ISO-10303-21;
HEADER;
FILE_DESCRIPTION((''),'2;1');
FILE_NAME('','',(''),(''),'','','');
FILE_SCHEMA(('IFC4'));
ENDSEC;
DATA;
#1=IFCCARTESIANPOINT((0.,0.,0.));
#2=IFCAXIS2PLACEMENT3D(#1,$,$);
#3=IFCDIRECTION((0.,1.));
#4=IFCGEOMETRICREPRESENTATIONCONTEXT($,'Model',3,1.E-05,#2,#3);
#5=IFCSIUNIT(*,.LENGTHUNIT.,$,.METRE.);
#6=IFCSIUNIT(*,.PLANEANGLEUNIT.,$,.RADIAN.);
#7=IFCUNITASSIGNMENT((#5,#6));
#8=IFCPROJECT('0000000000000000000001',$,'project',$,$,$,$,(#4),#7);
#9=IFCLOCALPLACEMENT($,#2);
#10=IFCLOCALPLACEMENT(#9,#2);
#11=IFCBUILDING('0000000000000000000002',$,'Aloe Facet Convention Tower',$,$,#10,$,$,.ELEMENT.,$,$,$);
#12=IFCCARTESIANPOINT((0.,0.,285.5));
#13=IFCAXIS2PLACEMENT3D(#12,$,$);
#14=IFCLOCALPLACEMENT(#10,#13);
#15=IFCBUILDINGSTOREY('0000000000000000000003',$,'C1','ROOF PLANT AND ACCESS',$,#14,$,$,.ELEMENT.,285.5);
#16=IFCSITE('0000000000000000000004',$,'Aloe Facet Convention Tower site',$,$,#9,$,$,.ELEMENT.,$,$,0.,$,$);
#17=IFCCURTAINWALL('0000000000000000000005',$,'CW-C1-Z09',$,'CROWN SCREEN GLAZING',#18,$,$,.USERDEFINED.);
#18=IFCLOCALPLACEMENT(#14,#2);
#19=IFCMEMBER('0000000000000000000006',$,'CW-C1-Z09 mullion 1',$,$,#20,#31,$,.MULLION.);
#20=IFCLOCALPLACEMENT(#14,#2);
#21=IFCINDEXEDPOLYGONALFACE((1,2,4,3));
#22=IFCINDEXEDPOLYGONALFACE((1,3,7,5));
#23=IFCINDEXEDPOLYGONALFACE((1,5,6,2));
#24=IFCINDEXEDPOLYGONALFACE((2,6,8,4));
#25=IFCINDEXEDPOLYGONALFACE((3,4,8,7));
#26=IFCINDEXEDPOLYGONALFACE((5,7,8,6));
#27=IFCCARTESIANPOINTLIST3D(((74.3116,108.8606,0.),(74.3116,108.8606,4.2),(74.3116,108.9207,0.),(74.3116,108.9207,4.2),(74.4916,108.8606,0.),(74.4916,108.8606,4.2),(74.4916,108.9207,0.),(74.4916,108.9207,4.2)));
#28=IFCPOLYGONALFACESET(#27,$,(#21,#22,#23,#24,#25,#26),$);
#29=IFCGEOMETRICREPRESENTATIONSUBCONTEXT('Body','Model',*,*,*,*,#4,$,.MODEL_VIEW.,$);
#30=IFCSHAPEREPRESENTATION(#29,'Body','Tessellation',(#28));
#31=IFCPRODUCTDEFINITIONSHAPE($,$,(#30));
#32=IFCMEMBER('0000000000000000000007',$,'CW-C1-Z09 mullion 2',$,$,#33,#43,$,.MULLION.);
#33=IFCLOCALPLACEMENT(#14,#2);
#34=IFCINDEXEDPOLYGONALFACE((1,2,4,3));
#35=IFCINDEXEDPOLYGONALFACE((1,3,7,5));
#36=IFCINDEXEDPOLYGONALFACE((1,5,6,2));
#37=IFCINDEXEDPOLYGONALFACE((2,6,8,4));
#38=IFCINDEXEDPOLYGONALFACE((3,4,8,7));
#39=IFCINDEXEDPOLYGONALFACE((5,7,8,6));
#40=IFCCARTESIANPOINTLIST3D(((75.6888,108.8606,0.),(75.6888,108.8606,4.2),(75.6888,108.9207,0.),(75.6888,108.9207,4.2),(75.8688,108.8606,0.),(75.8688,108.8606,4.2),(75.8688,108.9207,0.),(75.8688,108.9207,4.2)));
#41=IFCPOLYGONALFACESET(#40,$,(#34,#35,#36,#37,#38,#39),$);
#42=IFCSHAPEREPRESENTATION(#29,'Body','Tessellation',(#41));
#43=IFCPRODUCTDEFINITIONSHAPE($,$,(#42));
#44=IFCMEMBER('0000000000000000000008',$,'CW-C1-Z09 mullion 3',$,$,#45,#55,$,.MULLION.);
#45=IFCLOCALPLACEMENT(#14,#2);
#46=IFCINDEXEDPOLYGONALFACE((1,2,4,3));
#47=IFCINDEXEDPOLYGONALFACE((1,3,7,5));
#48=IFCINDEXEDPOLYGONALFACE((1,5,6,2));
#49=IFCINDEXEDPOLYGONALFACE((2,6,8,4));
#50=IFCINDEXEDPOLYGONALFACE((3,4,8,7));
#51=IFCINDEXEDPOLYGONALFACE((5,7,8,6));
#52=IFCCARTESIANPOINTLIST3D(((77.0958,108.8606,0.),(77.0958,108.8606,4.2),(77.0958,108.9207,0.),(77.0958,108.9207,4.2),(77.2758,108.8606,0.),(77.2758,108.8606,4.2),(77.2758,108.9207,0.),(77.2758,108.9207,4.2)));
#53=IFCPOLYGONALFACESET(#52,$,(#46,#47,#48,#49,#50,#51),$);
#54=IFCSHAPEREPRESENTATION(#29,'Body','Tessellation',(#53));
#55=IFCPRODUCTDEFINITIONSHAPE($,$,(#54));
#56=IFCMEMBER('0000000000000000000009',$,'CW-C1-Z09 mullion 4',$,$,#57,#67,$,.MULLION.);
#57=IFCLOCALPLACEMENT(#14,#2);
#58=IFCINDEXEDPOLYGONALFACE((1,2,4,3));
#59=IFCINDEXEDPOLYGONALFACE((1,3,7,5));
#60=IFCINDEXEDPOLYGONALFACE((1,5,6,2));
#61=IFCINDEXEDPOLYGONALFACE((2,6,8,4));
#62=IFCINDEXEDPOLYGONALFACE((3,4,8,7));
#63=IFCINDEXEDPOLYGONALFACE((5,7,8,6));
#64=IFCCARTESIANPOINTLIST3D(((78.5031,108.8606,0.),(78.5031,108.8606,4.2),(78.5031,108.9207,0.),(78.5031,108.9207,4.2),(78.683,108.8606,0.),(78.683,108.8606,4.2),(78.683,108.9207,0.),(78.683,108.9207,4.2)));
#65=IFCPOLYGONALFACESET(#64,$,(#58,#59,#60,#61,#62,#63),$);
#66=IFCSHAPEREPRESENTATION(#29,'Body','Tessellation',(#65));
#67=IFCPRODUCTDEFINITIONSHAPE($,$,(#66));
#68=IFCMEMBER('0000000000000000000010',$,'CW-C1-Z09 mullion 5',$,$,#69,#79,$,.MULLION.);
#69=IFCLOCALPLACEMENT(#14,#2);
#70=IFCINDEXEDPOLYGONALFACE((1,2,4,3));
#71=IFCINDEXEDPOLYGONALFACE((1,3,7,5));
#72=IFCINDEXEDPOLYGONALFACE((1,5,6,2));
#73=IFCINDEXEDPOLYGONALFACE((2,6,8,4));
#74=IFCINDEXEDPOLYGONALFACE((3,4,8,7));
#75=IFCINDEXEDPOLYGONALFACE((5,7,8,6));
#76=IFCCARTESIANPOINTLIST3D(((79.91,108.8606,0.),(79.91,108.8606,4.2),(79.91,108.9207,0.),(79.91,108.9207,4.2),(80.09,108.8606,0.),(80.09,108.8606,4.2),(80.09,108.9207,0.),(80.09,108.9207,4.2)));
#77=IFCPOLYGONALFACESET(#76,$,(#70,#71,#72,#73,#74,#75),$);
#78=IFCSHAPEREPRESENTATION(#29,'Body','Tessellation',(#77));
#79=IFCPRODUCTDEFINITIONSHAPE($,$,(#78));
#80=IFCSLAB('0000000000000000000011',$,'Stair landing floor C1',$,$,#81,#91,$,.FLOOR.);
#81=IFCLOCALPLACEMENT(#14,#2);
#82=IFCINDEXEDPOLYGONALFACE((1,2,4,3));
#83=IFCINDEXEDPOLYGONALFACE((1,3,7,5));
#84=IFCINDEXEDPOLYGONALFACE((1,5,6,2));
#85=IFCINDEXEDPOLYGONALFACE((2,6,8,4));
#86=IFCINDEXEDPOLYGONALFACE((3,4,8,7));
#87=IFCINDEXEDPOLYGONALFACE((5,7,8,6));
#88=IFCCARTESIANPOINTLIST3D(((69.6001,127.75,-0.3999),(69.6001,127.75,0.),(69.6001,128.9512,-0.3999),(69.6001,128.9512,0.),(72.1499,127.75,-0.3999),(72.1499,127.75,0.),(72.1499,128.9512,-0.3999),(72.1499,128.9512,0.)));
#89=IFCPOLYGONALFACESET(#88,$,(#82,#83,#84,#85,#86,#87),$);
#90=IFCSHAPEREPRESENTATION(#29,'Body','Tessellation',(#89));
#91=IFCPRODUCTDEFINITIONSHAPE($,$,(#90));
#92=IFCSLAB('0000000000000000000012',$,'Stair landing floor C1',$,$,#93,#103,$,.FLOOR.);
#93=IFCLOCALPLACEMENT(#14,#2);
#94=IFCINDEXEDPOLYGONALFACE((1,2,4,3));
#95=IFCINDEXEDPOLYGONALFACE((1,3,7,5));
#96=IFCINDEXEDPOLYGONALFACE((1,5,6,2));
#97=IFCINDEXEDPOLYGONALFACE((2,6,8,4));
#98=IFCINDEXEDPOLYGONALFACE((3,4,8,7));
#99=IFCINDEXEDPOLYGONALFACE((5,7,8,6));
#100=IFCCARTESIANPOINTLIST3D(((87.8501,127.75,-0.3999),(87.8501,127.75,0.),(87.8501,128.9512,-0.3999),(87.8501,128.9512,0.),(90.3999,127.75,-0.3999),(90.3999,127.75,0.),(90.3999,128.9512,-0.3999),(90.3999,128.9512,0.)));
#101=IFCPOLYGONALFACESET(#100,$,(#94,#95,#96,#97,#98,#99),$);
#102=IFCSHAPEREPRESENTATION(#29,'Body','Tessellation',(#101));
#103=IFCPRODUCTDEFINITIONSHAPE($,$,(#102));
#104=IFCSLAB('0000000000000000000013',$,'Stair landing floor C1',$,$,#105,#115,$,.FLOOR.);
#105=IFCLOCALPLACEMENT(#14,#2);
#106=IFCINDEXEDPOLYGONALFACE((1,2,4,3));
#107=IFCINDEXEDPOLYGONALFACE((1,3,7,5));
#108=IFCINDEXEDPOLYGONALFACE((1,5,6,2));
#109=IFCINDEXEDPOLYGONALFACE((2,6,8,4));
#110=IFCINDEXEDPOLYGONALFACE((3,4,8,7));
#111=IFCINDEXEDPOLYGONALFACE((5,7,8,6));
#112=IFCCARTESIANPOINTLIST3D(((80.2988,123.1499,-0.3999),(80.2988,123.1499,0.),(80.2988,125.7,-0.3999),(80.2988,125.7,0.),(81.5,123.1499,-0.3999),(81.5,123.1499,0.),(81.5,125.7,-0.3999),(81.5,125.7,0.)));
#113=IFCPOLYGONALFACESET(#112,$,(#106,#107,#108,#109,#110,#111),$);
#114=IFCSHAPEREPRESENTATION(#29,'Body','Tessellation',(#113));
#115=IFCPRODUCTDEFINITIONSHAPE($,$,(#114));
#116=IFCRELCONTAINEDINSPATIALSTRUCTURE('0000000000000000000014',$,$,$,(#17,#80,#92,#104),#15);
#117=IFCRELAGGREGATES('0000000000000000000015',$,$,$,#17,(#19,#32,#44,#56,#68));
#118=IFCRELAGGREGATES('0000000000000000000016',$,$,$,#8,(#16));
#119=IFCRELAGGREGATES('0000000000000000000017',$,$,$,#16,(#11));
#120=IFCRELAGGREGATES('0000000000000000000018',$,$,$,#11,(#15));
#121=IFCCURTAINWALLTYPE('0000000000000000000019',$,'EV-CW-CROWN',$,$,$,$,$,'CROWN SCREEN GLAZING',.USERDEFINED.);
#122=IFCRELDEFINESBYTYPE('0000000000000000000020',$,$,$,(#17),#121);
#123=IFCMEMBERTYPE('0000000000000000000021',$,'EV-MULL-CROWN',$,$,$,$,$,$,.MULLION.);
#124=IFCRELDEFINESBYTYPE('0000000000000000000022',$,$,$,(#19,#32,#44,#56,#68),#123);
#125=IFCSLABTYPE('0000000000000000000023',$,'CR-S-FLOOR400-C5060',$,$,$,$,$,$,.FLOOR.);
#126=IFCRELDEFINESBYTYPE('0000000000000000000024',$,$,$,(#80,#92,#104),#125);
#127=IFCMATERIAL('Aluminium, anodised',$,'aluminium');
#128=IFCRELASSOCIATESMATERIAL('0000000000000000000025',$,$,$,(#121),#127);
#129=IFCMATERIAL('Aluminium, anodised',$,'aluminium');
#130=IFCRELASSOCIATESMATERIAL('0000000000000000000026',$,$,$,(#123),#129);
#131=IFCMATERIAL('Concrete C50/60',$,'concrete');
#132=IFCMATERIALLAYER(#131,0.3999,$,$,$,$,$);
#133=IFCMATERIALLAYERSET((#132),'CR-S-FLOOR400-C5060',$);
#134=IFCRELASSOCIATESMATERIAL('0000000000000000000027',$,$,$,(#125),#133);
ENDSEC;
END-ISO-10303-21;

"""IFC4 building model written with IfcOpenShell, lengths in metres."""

from ifc_helpers import new_model, si_unit, direction, frame, origin, origin_2d, place, context, subcontext, project, spatial, polyline, rectangle, outline, extrude, material, layer, layer_set, material_profile, profile_set, type_object, element, aggregate, save


model = new_model("IFC4")

# Units and contexts
model_context = context("Model", 3, precision=1e-05, world=origin(), true_north=direction((0.0, 1.0)))
body_context = subcontext(model_context, "Body", "Model", "MODEL_VIEW")
ifc_project = project(units=[si_unit("LENGTHUNIT", "METRE"), si_unit("PLANEANGLEUNIT", "RADIAN")], contexts=[model_context])

# Site, building, storey
site_placement = place(None, origin())
site = spatial("IfcSite", under=ifc_project, at=site_placement, Name="Aloe Facet Convention Tower site", CompositionType="ELEMENT", RefElevation=0.0)
building_placement = place(site_placement, origin())
building = spatial("IfcBuilding", under=site, at=building_placement, Name="Aloe Facet Convention Tower", CompositionType="ELEMENT")
storey_placement = place(building_placement, frame((0.0, 0.0, 285.5)))
storey = spatial("IfcBuildingStorey", under=building, at=storey_placement, Name="C1", Description="ROOF PLANT AND ACCESS", CompositionType="ELEMENT", Elevation=285.5)

# Curtain wall, members
ifc_material_1 = material(Name="Aluminium, anodised", Category="aluminium")
curtain_wall_type = type_object("IfcCurtainWallType", Name="EV-CW-CROWN", ElementType="CROWN SCREEN GLAZING", PredefinedType="USERDEFINED", material=ifc_material_1)
curtain_wall_placement = place(storey_placement, origin())
curtain_wall = element("IfcCurtainWall", 1, at=curtain_wall_placement, inside=storey, type_object=curtain_wall_type, Name="CW-C1-Z09", ObjectType="CROWN SCREEN GLAZING", PredefinedType="USERDEFINED")
ifc_material_2 = material(Name="Aluminium, anodised", Category="aluminium")
ifc_material_profile = material_profile(ifc_material_2, rectangle(XDim=0.0601, YDim=0.1799, at=origin_2d()), Name="AL 60x180")
ifc_profile_set = profile_set([ifc_material_profile], Name="Aluminium, anodised")
member_type = type_object("IfcMemberType", Name="EV-MULL-CROWN", PredefinedType="MULLION", material=ifc_profile_set)
member_1_placement = place(storey_placement, frame((74.4016, 108.8906, 0.0), z_axis=(0.0, 0.0, 1.0), x_axis=(0.0, 1.0, 0.0)))
member_1 = element("IfcMember", 2, at=member_1_placement, type_object=member_type, Name="CW-C1-Z09 mullion 1", PredefinedType="MULLION", context=body_context, shape_type="SweptSolid", body=[
    extrude(rectangle(XDim=0.0601, YDim=0.1799, at=origin_2d()), origin(), (0.0, 0.0, 1.0), 4.2),
])
member_2_placement = place(storey_placement, frame((75.7788, 108.8906, 0.0), z_axis=(0.0, 0.0, 1.0), x_axis=(0.0, 1.0, 0.0)))
member_2 = element("IfcMember", 3, at=member_2_placement, type_object=member_type, Name="CW-C1-Z09 mullion 2", PredefinedType="MULLION", context=body_context, shape_type="SweptSolid", body=[
    extrude(rectangle(XDim=0.0601, YDim=0.1799, at=origin_2d()), origin(), (0.0, 0.0, 1.0), 4.2),
])
member_3_placement = place(storey_placement, frame((77.1858, 108.8906, 0.0), z_axis=(0.0, 0.0, 1.0), x_axis=(0.0, 1.0, 0.0)))
member_3 = element("IfcMember", 4, at=member_3_placement, type_object=member_type, Name="CW-C1-Z09 mullion 3", PredefinedType="MULLION", context=body_context, shape_type="SweptSolid", body=[
    extrude(rectangle(XDim=0.0601, YDim=0.1799, at=origin_2d()), origin(), (0.0, 0.0, 1.0), 4.2),
])
member_4_placement = place(storey_placement, frame((78.593, 108.8906, 0.0), z_axis=(0.0, 0.0, 1.0), x_axis=(0.0, 1.0, 0.0)))
member_4 = element("IfcMember", 5, at=member_4_placement, type_object=member_type, Name="CW-C1-Z09 mullion 4", PredefinedType="MULLION", context=body_context, shape_type="SweptSolid", body=[
    extrude(rectangle(XDim=0.0601, YDim=0.1799, at=origin_2d()), origin(), (0.0, 0.0, 1.0), 4.2),
])
member_5_placement = place(storey_placement, frame((80.0, 108.8906, 0.0), z_axis=(0.0, 0.0, 1.0), x_axis=(0.0, 1.0, 0.0)))
member_5 = element("IfcMember", 6, at=member_5_placement, type_object=member_type, Name="CW-C1-Z09 mullion 5", PredefinedType="MULLION", context=body_context, shape_type="SweptSolid", body=[
    extrude(rectangle(XDim=0.0601, YDim=0.1799, at=origin_2d()), origin(), (0.0, 0.0, 1.0), 4.2),
])
aggregate(curtain_wall, [member_1, member_2, member_3, member_4, member_5])

# Slabs
ifc_material_3 = material(Name="Concrete C50/60", Category="concrete")
ifc_layer_1 = layer(ifc_material_3, 0.3999)
ifc_layer_set_1 = layer_set([ifc_layer_1], Name="CR-S-FLOOR400-C5060")
slab_type_1 = type_object("IfcSlabType", Name="CR-S-FLOOR400-C5060", PredefinedType="FLOOR", material=ifc_layer_set_1)
slab_1_placement = place(storey_placement, frame((0.0, 0.0, -0.3999)))
element("IfcSlab", 7, at=slab_1_placement, inside=storey, type_object=slab_type_1, Name="Stair landing floor C1", PredefinedType="FLOOR", context=body_context, shape_type="SweptSolid", body=[
    extrude(outline(polyline([(72.1499, 127.75), (72.1499, 128.9512), (69.6001, 128.9512), (69.6001, 127.75), (72.1499, 127.75)])), origin(), (0.0, 0.0, 1.0), 0.3999),
])
slab_2_placement = place(storey_placement, frame((0.0, 0.0, -0.3999)))
element("IfcSlab", 8, at=slab_2_placement, inside=storey, type_object=slab_type_1, Name="Stair landing floor C1", PredefinedType="FLOOR", context=body_context, shape_type="SweptSolid", body=[
    extrude(outline(polyline([(90.3999, 127.75), (90.3999, 128.9512), (87.8501, 128.9512), (87.8501, 127.75), (90.3999, 127.75)])), origin(), (0.0, 0.0, 1.0), 0.3999),
])
slab_3_placement = place(storey_placement, frame((0.0, 0.0, -0.3999)))
element("IfcSlab", 9, at=slab_3_placement, inside=storey, type_object=slab_type_1, Name="Stair landing floor C1", PredefinedType="FLOOR", context=body_context, shape_type="SweptSolid", body=[
    extrude(outline(polyline([(81.5, 125.7), (80.2988, 125.7), (80.2988, 123.1499), (81.5, 123.1499), (81.5, 125.7)])), origin(), (0.0, 0.0, 1.0), 0.3999),
])

save(model, "model.ifc")
